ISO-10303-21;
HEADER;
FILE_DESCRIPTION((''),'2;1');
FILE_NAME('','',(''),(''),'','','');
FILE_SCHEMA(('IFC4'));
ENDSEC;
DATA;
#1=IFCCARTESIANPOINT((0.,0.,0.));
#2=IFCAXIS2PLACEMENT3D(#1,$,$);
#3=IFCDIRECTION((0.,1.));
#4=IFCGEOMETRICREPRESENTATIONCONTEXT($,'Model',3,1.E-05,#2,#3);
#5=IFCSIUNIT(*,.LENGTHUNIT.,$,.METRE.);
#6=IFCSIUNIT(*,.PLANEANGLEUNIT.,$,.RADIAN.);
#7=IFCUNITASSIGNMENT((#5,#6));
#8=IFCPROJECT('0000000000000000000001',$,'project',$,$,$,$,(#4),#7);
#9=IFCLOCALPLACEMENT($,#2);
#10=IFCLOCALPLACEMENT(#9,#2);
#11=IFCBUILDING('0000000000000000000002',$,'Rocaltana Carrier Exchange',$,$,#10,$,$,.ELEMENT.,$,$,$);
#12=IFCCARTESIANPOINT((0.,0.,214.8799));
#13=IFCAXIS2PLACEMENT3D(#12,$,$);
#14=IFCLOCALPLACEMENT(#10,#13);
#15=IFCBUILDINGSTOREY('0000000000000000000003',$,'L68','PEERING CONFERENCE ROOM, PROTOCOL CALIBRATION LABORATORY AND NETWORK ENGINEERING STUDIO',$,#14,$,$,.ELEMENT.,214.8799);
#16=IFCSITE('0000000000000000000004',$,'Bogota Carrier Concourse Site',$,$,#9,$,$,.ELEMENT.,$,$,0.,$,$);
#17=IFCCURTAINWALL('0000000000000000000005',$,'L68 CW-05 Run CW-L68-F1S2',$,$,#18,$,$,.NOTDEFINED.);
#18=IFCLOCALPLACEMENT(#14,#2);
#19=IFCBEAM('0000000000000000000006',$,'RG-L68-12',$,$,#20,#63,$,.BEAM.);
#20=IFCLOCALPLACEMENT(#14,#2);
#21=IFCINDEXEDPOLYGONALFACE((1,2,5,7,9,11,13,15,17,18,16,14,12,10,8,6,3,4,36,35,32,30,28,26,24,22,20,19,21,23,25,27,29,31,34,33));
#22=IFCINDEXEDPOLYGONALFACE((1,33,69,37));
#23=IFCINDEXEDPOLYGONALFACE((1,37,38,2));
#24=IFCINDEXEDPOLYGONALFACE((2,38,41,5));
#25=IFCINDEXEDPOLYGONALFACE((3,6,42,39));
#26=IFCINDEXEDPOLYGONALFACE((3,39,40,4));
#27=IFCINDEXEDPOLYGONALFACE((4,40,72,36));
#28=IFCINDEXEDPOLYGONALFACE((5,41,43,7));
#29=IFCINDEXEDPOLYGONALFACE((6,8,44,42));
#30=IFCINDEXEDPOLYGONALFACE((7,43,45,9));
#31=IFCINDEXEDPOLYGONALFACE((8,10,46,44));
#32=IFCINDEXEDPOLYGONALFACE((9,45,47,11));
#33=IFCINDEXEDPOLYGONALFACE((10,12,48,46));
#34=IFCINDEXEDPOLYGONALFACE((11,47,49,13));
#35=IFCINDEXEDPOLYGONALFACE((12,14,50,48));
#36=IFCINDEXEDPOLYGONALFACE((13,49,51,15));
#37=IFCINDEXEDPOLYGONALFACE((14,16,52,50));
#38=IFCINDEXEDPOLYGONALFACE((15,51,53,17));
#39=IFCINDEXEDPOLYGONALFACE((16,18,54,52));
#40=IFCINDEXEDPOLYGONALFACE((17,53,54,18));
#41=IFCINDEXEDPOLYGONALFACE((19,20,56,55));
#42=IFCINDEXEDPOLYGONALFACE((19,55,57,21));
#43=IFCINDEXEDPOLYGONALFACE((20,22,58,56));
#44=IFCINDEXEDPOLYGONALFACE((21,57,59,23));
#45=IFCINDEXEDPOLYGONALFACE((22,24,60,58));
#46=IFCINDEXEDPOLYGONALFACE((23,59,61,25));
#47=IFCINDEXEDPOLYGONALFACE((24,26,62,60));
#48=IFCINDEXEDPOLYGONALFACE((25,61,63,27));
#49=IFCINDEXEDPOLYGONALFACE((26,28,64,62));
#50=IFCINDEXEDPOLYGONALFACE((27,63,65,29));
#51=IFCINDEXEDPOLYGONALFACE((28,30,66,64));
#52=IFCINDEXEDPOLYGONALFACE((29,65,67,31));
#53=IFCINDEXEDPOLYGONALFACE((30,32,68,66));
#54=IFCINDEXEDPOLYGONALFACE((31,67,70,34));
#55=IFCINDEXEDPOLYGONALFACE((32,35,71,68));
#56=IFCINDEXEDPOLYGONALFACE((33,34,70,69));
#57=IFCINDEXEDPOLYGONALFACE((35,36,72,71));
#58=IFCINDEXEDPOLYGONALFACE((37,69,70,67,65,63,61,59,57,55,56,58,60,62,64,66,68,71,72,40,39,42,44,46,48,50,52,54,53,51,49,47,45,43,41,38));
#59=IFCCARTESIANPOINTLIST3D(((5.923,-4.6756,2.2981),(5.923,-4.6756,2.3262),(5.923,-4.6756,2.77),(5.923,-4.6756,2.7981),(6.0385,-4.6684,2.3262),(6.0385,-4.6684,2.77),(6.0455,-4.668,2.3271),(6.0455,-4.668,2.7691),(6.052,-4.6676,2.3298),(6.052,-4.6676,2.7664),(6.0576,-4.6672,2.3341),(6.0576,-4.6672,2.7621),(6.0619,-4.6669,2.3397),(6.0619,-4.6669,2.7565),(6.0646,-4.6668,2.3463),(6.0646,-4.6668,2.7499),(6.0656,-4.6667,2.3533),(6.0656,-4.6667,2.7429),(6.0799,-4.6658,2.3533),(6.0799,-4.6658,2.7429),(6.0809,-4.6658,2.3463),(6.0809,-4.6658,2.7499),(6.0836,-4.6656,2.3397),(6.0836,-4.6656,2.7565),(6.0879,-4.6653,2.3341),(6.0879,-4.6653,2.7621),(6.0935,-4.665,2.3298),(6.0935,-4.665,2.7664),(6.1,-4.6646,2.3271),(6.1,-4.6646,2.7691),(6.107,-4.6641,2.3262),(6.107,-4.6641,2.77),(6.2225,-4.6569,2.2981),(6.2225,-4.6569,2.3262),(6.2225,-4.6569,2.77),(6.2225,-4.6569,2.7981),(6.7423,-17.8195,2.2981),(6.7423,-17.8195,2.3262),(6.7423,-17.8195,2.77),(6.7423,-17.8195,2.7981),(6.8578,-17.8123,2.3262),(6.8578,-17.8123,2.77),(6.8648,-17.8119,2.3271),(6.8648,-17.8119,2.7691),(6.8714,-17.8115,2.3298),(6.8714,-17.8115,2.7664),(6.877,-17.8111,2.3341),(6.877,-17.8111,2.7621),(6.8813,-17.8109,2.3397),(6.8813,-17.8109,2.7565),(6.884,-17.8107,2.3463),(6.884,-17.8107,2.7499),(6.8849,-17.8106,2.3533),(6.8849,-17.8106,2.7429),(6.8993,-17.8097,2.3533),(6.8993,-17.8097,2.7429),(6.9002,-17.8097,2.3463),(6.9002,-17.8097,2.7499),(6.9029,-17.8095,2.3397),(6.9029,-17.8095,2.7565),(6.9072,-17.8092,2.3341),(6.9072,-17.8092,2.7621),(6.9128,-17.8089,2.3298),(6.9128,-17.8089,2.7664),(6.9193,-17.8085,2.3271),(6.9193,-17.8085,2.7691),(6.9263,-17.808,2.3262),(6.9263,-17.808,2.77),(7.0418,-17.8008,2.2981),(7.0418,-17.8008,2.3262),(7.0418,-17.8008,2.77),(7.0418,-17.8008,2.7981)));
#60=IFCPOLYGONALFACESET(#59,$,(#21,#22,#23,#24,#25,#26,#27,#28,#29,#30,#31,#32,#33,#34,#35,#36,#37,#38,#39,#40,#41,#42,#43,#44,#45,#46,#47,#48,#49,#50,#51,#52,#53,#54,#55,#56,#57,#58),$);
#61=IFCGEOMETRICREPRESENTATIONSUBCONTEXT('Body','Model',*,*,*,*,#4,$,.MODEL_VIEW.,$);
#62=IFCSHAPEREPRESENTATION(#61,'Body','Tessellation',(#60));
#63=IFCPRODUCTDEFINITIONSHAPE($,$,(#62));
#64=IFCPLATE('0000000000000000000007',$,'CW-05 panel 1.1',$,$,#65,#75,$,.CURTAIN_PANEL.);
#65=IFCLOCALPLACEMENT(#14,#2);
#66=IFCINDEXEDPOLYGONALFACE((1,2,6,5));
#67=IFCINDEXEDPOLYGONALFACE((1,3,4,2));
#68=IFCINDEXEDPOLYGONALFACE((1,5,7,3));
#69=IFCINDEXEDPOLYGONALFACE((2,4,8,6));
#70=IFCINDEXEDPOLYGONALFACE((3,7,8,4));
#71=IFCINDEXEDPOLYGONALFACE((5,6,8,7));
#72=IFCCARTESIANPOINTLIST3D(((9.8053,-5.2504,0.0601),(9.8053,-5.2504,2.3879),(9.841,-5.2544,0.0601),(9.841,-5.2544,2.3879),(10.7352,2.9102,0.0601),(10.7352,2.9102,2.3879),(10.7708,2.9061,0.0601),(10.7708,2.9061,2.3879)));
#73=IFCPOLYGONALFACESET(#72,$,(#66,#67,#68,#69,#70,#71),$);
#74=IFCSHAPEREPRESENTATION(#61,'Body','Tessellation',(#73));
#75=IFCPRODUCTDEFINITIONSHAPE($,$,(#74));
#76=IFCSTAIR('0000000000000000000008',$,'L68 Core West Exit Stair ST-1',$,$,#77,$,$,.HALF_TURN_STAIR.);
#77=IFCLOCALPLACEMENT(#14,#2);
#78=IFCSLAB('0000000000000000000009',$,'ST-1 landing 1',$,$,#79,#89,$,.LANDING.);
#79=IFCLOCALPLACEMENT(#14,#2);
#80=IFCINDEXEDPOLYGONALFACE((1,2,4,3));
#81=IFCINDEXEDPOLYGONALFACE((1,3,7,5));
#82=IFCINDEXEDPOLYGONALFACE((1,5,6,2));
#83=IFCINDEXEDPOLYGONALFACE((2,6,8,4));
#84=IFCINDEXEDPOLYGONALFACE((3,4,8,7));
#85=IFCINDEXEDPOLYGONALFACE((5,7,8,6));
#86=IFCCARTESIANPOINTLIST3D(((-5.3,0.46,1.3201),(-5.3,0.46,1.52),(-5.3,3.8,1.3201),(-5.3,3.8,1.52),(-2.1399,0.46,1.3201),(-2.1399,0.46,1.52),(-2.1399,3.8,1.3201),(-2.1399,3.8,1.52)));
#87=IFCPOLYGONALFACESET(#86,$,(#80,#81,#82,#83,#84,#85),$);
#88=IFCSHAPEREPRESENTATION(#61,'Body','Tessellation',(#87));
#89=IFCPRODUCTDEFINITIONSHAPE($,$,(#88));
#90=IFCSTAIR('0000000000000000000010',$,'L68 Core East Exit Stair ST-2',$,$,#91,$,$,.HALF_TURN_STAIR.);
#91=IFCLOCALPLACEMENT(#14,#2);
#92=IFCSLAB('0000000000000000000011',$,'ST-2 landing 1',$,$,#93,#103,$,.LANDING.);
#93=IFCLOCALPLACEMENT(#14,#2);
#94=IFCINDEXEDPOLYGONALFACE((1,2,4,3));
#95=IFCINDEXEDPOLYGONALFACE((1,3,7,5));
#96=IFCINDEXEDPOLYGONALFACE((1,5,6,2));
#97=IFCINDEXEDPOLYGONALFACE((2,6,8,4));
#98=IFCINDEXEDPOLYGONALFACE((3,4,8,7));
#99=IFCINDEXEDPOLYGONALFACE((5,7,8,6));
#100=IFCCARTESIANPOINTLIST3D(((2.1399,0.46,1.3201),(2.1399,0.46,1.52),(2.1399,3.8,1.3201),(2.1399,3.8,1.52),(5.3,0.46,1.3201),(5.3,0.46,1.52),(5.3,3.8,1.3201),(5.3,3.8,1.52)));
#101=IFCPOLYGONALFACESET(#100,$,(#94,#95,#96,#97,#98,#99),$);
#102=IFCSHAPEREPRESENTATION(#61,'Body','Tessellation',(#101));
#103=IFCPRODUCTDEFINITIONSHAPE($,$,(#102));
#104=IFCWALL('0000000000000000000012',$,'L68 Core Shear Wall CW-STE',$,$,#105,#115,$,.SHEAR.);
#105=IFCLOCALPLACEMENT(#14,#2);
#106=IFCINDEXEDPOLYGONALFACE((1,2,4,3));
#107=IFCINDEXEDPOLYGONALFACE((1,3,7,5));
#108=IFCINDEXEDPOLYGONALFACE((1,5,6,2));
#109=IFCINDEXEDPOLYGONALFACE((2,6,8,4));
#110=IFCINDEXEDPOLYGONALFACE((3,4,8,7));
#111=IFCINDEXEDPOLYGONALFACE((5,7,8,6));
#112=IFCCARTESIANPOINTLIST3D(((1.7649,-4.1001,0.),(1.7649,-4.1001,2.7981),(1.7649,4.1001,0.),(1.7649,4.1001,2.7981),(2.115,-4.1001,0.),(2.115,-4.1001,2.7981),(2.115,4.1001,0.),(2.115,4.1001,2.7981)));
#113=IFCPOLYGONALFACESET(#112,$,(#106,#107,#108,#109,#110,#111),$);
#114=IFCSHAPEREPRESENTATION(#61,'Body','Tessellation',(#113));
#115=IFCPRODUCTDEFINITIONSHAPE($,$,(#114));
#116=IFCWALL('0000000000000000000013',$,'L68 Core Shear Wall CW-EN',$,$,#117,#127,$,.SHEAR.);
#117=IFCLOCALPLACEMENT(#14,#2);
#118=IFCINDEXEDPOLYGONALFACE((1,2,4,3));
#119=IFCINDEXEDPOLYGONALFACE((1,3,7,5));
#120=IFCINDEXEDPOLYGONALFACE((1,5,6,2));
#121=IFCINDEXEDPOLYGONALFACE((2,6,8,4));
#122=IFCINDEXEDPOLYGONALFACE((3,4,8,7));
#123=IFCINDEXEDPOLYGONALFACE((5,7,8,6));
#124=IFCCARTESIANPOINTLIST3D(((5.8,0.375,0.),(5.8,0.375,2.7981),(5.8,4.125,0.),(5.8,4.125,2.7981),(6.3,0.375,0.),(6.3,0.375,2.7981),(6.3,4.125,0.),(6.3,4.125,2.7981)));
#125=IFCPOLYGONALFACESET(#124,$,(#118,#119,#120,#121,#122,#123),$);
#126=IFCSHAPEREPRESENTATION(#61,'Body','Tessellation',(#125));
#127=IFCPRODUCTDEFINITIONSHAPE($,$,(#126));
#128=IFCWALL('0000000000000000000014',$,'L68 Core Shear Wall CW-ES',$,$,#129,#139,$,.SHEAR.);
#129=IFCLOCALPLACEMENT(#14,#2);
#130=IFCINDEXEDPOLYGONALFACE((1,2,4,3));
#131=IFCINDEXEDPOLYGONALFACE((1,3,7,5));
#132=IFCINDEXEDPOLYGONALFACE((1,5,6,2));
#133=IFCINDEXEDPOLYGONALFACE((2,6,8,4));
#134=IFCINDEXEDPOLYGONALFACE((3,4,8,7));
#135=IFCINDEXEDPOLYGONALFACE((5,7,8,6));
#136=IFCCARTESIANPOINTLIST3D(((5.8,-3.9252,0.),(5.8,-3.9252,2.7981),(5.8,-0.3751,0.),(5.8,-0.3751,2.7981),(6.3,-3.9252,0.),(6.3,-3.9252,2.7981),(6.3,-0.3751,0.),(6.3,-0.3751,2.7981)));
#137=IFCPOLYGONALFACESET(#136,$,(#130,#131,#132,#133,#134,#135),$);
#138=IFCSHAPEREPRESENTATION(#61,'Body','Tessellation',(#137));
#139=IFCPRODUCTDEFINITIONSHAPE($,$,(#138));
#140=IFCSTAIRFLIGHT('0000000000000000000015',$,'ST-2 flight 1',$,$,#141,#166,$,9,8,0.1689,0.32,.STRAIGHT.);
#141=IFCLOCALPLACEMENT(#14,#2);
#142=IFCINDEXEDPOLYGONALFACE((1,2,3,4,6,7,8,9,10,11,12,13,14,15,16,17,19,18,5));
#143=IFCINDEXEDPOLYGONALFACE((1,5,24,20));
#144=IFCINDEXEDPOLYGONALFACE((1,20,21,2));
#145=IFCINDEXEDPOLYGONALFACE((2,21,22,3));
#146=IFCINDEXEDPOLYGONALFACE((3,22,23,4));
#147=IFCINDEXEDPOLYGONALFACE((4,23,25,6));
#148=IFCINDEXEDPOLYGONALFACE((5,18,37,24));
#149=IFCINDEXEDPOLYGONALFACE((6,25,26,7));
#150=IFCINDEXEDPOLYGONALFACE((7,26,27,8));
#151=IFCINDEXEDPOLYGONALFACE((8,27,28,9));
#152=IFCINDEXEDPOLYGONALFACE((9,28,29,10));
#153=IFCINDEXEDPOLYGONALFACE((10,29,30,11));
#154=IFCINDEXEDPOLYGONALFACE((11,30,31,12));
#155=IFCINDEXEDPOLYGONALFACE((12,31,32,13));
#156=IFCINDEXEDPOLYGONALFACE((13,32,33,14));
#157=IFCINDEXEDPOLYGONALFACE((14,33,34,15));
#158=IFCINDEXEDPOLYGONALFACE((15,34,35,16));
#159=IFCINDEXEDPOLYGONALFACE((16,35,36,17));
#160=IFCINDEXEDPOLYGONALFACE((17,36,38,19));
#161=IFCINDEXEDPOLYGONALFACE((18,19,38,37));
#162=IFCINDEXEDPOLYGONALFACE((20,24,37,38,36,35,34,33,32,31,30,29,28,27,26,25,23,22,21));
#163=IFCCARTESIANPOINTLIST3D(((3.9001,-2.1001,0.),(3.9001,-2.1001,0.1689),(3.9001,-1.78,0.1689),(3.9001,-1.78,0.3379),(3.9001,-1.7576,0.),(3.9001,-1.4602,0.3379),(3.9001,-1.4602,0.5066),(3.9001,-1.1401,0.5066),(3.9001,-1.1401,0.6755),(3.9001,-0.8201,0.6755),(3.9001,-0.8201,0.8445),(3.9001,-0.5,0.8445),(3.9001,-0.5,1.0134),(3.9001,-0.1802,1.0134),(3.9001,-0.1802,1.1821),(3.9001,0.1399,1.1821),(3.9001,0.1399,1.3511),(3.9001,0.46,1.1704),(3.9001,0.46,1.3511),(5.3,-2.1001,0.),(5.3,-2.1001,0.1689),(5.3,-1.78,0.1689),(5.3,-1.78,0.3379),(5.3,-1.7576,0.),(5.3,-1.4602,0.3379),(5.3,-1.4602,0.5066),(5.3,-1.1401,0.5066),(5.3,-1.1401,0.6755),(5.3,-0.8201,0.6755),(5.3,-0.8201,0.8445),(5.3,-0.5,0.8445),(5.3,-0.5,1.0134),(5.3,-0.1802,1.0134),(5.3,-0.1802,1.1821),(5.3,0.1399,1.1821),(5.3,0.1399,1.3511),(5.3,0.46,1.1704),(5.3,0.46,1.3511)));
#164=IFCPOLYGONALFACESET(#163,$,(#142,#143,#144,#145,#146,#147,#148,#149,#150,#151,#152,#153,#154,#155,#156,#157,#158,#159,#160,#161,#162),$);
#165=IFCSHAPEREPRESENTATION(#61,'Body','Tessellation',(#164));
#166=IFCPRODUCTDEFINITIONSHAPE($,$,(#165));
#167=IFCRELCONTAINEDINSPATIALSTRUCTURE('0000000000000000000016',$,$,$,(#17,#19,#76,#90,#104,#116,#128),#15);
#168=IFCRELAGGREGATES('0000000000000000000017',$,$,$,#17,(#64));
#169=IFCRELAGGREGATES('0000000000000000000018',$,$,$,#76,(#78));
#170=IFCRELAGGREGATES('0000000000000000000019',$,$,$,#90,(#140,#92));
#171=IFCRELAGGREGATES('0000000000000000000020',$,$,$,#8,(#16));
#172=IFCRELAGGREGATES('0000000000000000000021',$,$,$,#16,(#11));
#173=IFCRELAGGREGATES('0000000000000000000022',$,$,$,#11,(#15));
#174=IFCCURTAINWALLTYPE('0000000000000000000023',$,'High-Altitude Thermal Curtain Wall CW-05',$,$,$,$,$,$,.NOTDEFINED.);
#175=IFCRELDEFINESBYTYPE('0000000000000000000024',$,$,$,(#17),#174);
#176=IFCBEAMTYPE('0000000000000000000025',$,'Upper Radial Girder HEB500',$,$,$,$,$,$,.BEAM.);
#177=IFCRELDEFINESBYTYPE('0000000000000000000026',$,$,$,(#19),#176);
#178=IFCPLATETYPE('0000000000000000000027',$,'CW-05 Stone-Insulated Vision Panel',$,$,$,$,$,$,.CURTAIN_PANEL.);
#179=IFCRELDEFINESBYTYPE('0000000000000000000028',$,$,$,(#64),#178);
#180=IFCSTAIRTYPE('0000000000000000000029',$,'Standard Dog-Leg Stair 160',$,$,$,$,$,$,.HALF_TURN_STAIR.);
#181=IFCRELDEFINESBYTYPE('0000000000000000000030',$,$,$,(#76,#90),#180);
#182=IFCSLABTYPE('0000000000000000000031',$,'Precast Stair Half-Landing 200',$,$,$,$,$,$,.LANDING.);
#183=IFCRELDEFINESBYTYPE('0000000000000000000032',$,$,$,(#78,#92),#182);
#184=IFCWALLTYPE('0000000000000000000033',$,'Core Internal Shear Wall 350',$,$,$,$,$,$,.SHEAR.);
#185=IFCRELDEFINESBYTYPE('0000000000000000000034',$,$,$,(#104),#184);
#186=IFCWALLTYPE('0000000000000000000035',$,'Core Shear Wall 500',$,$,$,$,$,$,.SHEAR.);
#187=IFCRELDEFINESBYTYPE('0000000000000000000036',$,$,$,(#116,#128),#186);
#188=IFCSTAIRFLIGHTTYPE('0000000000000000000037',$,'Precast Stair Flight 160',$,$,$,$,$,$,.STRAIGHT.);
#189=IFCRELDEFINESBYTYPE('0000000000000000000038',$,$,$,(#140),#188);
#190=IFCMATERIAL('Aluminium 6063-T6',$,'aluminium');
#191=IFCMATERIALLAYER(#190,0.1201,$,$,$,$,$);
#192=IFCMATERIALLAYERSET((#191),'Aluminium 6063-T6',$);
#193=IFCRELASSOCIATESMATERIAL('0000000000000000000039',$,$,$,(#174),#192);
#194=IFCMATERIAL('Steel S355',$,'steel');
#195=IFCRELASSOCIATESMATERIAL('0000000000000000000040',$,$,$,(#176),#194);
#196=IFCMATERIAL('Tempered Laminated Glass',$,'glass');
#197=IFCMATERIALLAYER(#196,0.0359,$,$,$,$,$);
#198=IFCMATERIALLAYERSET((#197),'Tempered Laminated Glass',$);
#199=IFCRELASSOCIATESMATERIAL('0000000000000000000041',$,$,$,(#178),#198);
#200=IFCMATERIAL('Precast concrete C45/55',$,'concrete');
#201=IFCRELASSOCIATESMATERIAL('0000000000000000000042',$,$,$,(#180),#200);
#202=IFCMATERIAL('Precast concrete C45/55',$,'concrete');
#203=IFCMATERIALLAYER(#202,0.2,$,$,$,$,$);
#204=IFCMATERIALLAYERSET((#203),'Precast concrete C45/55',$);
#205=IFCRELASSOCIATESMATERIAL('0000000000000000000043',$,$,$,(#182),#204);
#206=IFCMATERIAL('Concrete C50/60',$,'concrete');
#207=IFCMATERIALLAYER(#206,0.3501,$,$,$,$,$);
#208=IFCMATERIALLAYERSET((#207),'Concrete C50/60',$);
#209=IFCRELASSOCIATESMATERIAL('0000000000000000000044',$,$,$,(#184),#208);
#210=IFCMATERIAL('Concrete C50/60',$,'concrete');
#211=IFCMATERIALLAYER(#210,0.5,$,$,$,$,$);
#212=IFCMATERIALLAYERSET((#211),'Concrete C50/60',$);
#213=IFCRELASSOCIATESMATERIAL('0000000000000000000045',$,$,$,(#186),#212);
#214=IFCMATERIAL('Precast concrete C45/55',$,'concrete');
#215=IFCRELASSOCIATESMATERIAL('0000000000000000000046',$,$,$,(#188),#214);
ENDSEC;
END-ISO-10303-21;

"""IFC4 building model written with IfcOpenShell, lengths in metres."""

from ifc_helpers import new_model, si_unit, direction, frame, frame_2d, origin, origin_2d, place, context, subcontext, project, spatial, polyline, rectangle, i_section, outline, extrude, material, layer, layer_set, material_profile, profile_set, type_object, element, aggregate, save


model = new_model("IFC4")

# Units and contexts
model_context = context("Model", 3, precision=1e-05, world=origin(), true_north=direction((0.0, 1.0)))
body_context = subcontext(model_context, "Body", "Model", "MODEL_VIEW")
ifc_project = project(units=[si_unit("LENGTHUNIT", "METRE"), si_unit("PLANEANGLEUNIT", "RADIAN")], contexts=[model_context])

# Site, building, storey
site_placement = place(None, origin())
site = spatial("IfcSite", under=ifc_project, at=site_placement, Name="Bogota Carrier Concourse Site", CompositionType="ELEMENT", RefElevation=0.0)
building_placement = place(site_placement, origin())
building = spatial("IfcBuilding", under=site, at=building_placement, Name="Rocaltana Carrier Exchange", CompositionType="ELEMENT")
storey_placement = place(building_placement, frame((0.0, 0.0, 214.8799)))
storey = spatial("IfcBuildingStorey", under=building, at=storey_placement, Name="L68", Description="PEERING CONFERENCE ROOM, PROTOCOL CALIBRATION LABORATORY AND NETWORK ENGINEERING STUDIO", CompositionType="ELEMENT", Elevation=214.8799)

# Curtain wall
ifc_material_1 = material(Name="Aluminium 6063-T6", Category="aluminium")
ifc_layer_1 = layer(ifc_material_1, 0.1201)
ifc_layer_set_1 = layer_set([ifc_layer_1], Name="Aluminium 6063-T6")
curtain_wall_type = type_object("IfcCurtainWallType", Name="High-Altitude Thermal Curtain Wall CW-05", PredefinedType="NOTDEFINED", material=ifc_layer_set_1)
curtain_wall_placement = place(storey_placement, origin())
curtain_wall = element("IfcCurtainWall", 1, at=curtain_wall_placement, inside=storey, type_object=curtain_wall_type, Name="L68 CW-05 Run CW-L68-F1S2", PredefinedType="NOTDEFINED")

# Beam
ifc_material_2 = material(Name="Steel S355", Category="steel")
ifc_material_profile_1 = material_profile(ifc_material_2, i_section(OverallWidth=0.3, OverallDepth=0.5, WebThickness=0.0144, FlangeThickness=0.0281, FilletRadius=0.0271, at=origin_2d()), Name="HEB500")
ifc_profile_set_1 = profile_set([ifc_material_profile_1], Name="Steel S355")
beam_type_1 = type_object("IfcBeamType", Name="Upper Radial Girder HEB500", PredefinedType="BEAM", material=ifc_profile_set_1)
beam_1_placement = place(storey_placement, frame((6.0728, -4.6663, 2.5481), z_axis=(0.062214, -0.998063, 0.0), x_axis=(0.998063, 0.062214, 0.0)))
element("IfcBeam", 2, at=beam_1_placement, inside=storey, type_object=beam_type_1, Name="RG-L68-12", PredefinedType="BEAM", context=body_context, shape_type="SweptSolid", body=[
    extrude(i_section(OverallWidth=0.3, OverallDepth=0.5, WebThickness=0.0144, FlangeThickness=0.0281, FilletRadius=0.0271, at=origin_2d()), origin(), (0.0, 0.0, 1.0), 13.1694),
])

# Plate
ifc_material_3 = material(Name="Tempered Laminated Glass", Category="glass")
ifc_layer_2 = layer(ifc_material_3, 0.0359)
ifc_layer_set_2 = layer_set([ifc_layer_2], Name="Tempered Laminated Glass")
plate_type = type_object("IfcPlateType", Name="CW-05 Stone-Insulated Vision Panel", PredefinedType="CURTAIN_PANEL", material=ifc_layer_set_2)
plate_placement = place(storey_placement, frame((10.2881, -1.1721, 0.0601), z_axis=(0.0, 0.0, 1.0), x_axis=(0.113209, 0.993571, 0.0)))
plate = element("IfcPlate", 3, at=plate_placement, type_object=plate_type, Name="CW-05 panel 1.1", PredefinedType="CURTAIN_PANEL", context=body_context, shape_type="SweptSolid", body=[
    extrude(rectangle(XDim=8.2134, YDim=0.0359, at=origin_2d()), origin(), (0.0, 0.0, 1.0), 2.3279),
])
aggregate(curtain_wall, [plate])

# Stairs, slabs
ifc_material_4 = material(Name="Precast concrete C45/55", Category="concrete")
stair_type = type_object("IfcStairType", Name="Standard Dog-Leg Stair 160", PredefinedType="HALF_TURN_STAIR", material=ifc_material_4)
stair_1_placement = place(storey_placement, origin())
stair_1 = element("IfcStair", 4, at=stair_1_placement, inside=storey, type_object=stair_type, Name="L68 Core West Exit Stair ST-1", PredefinedType="HALF_TURN_STAIR")
ifc_material_5 = material(Name="Precast concrete C45/55", Category="concrete")
ifc_layer_3 = layer(ifc_material_5, 0.2)
ifc_layer_set_3 = layer_set([ifc_layer_3], Name="Precast concrete C45/55")
slab_type = type_object("IfcSlabType", Name="Precast Stair Half-Landing 200", PredefinedType="LANDING", material=ifc_layer_set_3)
slab_1_placement = place(storey_placement, frame((0.0, 0.0, 1.3201)))
slab_1 = element("IfcSlab", 5, at=slab_1_placement, type_object=slab_type, Name="ST-1 landing 1", PredefinedType="LANDING", context=body_context, shape_type="SweptSolid", body=[
    extrude(outline(polyline([(-2.1399, 0.46), (-2.1399, 3.8), (-5.3, 3.8), (-5.3, 0.46), (-2.1399, 0.46)])), origin(), (0.0, 0.0, 1.0), 0.2),
])
aggregate(stair_1, [slab_1])
stair_2_placement = place(storey_placement, origin())
stair_2 = element("IfcStair", 6, at=stair_2_placement, inside=storey, type_object=stair_type, Name="L68 Core East Exit Stair ST-2", PredefinedType="HALF_TURN_STAIR")
slab_2_placement = place(storey_placement, frame((0.0, 0.0, 1.3201)))
slab_2 = element("IfcSlab", 7, at=slab_2_placement, type_object=slab_type, Name="ST-2 landing 1", PredefinedType="LANDING", context=body_context, shape_type="SweptSolid", body=[
    extrude(outline(polyline([(5.3, 0.46), (5.3, 3.8), (2.1399, 3.8), (2.1399, 0.46), (5.3, 0.46)])), origin(), (0.0, 0.0, 1.0), 0.2),
])

# Walls
ifc_material_6 = material(Name="Concrete C50/60", Category="concrete")
ifc_layer_4 = layer(ifc_material_6, 0.3501)
ifc_layer_set_4 = layer_set([ifc_layer_4], Name="Concrete C50/60")
wall_type_1 = type_object("IfcWallType", Name="Core Internal Shear Wall 350", PredefinedType="SHEAR", material=ifc_layer_set_4)
wall_1_placement = place(storey_placement, frame((1.9399, -4.1001, 0.0), z_axis=(0.0, 0.0, 1.0), x_axis=(0.0, 1.0, 0.0)))
element("IfcWall", 8, at=wall_1_placement, inside=storey, type_object=wall_type_1, Name="L68 Core Shear Wall CW-STE", PredefinedType="SHEAR", context=body_context, shape_type="SweptSolid", body=[
    extrude(rectangle(XDim=8.2002, YDim=0.3501, at=frame_2d((4.1001, 0.0))), origin(), (0.0, 0.0, 1.0), 2.7981),
])
ifc_material_7 = material(Name="Concrete C50/60", Category="concrete")
ifc_layer_5 = layer(ifc_material_7, 0.5)
ifc_layer_set_5 = layer_set([ifc_layer_5], Name="Concrete C50/60")
wall_type_2 = type_object("IfcWallType", Name="Core Shear Wall 500", PredefinedType="SHEAR", material=ifc_layer_set_5)
wall_2_placement = place(storey_placement, frame((6.05, 0.375, 0.0), z_axis=(0.0, 0.0, 1.0), x_axis=(0.0, 1.0, 0.0)))
element("IfcWall", 9, at=wall_2_placement, inside=storey, type_object=wall_type_2, Name="L68 Core Shear Wall CW-EN", PredefinedType="SHEAR", context=body_context, shape_type="SweptSolid", body=[
    extrude(rectangle(XDim=3.75, YDim=0.5, at=frame_2d((1.875, 0.0))), origin(), (0.0, 0.0, 1.0), 2.7981),
])
wall_3_placement = place(storey_placement, frame((6.05, -3.925, 0.0), z_axis=(0.0, 0.0, 1.0), x_axis=(0.0, 1.0, 0.0)))
element("IfcWall", 10, at=wall_3_placement, inside=storey, type_object=wall_type_2, Name="L68 Core Shear Wall CW-ES", PredefinedType="SHEAR", context=body_context, shape_type="SweptSolid", body=[
    extrude(rectangle(XDim=3.55, YDim=0.5, at=frame_2d((1.7749, 0.0))), origin(), (0.0, 0.0, 1.0), 2.7981),
])

# Stair flight
ifc_material_8 = material(Name="Precast concrete C45/55", Category="concrete")
stair_flight_type = type_object("IfcStairFlightType", Name="Precast Stair Flight 160", PredefinedType="STRAIGHT", material=ifc_material_8)
stair_flight_placement = place(storey_placement, frame((4.6001, -2.1001, 0.0), z_axis=(0.0, 0.0, 1.0), x_axis=(0.0, 1.0, 0.0)))
stair_flight = element("IfcStairFlight", 11, at=stair_flight_placement, type_object=stair_flight_type, Name="ST-2 flight 1", NumberOfRisers=9, NumberOfTreads=8, PredefinedType="STRAIGHT", RiserHeight=0.1689, TreadLength=0.32, context=body_context, shape_type="SweptSolid", body=[
    extrude(outline(polyline([(0.0, 0.0), (0.0, 0.1689), (0.3201, 0.1689), (0.3201, 0.3379), (0.6399, 0.3379), (0.6399, 0.5066), (0.96, 0.5066), (0.96, 0.6755), (1.28, 0.6755), (1.28, 0.8445), (1.6001, 0.8445), (1.6001, 1.0134), (1.9199, 1.0134), (1.9199, 1.1821), (2.24, 1.1821), (2.24, 1.3511), (2.5601, 1.3511), (2.5601, 1.52), (2.5601, 1.1704), (0.3425, 0.0), (0.0, 0.0)])), frame((0.0, 0.7, 0.0), z_axis=(0.0, -1.0, 0.0), x_axis=(1.0, 0.0, 0.0)), (0.0, 0.0, 1.0), 1.3999),
])
aggregate(stair_2, [stair_flight, slab_2])

save(model, "model.ifc")
